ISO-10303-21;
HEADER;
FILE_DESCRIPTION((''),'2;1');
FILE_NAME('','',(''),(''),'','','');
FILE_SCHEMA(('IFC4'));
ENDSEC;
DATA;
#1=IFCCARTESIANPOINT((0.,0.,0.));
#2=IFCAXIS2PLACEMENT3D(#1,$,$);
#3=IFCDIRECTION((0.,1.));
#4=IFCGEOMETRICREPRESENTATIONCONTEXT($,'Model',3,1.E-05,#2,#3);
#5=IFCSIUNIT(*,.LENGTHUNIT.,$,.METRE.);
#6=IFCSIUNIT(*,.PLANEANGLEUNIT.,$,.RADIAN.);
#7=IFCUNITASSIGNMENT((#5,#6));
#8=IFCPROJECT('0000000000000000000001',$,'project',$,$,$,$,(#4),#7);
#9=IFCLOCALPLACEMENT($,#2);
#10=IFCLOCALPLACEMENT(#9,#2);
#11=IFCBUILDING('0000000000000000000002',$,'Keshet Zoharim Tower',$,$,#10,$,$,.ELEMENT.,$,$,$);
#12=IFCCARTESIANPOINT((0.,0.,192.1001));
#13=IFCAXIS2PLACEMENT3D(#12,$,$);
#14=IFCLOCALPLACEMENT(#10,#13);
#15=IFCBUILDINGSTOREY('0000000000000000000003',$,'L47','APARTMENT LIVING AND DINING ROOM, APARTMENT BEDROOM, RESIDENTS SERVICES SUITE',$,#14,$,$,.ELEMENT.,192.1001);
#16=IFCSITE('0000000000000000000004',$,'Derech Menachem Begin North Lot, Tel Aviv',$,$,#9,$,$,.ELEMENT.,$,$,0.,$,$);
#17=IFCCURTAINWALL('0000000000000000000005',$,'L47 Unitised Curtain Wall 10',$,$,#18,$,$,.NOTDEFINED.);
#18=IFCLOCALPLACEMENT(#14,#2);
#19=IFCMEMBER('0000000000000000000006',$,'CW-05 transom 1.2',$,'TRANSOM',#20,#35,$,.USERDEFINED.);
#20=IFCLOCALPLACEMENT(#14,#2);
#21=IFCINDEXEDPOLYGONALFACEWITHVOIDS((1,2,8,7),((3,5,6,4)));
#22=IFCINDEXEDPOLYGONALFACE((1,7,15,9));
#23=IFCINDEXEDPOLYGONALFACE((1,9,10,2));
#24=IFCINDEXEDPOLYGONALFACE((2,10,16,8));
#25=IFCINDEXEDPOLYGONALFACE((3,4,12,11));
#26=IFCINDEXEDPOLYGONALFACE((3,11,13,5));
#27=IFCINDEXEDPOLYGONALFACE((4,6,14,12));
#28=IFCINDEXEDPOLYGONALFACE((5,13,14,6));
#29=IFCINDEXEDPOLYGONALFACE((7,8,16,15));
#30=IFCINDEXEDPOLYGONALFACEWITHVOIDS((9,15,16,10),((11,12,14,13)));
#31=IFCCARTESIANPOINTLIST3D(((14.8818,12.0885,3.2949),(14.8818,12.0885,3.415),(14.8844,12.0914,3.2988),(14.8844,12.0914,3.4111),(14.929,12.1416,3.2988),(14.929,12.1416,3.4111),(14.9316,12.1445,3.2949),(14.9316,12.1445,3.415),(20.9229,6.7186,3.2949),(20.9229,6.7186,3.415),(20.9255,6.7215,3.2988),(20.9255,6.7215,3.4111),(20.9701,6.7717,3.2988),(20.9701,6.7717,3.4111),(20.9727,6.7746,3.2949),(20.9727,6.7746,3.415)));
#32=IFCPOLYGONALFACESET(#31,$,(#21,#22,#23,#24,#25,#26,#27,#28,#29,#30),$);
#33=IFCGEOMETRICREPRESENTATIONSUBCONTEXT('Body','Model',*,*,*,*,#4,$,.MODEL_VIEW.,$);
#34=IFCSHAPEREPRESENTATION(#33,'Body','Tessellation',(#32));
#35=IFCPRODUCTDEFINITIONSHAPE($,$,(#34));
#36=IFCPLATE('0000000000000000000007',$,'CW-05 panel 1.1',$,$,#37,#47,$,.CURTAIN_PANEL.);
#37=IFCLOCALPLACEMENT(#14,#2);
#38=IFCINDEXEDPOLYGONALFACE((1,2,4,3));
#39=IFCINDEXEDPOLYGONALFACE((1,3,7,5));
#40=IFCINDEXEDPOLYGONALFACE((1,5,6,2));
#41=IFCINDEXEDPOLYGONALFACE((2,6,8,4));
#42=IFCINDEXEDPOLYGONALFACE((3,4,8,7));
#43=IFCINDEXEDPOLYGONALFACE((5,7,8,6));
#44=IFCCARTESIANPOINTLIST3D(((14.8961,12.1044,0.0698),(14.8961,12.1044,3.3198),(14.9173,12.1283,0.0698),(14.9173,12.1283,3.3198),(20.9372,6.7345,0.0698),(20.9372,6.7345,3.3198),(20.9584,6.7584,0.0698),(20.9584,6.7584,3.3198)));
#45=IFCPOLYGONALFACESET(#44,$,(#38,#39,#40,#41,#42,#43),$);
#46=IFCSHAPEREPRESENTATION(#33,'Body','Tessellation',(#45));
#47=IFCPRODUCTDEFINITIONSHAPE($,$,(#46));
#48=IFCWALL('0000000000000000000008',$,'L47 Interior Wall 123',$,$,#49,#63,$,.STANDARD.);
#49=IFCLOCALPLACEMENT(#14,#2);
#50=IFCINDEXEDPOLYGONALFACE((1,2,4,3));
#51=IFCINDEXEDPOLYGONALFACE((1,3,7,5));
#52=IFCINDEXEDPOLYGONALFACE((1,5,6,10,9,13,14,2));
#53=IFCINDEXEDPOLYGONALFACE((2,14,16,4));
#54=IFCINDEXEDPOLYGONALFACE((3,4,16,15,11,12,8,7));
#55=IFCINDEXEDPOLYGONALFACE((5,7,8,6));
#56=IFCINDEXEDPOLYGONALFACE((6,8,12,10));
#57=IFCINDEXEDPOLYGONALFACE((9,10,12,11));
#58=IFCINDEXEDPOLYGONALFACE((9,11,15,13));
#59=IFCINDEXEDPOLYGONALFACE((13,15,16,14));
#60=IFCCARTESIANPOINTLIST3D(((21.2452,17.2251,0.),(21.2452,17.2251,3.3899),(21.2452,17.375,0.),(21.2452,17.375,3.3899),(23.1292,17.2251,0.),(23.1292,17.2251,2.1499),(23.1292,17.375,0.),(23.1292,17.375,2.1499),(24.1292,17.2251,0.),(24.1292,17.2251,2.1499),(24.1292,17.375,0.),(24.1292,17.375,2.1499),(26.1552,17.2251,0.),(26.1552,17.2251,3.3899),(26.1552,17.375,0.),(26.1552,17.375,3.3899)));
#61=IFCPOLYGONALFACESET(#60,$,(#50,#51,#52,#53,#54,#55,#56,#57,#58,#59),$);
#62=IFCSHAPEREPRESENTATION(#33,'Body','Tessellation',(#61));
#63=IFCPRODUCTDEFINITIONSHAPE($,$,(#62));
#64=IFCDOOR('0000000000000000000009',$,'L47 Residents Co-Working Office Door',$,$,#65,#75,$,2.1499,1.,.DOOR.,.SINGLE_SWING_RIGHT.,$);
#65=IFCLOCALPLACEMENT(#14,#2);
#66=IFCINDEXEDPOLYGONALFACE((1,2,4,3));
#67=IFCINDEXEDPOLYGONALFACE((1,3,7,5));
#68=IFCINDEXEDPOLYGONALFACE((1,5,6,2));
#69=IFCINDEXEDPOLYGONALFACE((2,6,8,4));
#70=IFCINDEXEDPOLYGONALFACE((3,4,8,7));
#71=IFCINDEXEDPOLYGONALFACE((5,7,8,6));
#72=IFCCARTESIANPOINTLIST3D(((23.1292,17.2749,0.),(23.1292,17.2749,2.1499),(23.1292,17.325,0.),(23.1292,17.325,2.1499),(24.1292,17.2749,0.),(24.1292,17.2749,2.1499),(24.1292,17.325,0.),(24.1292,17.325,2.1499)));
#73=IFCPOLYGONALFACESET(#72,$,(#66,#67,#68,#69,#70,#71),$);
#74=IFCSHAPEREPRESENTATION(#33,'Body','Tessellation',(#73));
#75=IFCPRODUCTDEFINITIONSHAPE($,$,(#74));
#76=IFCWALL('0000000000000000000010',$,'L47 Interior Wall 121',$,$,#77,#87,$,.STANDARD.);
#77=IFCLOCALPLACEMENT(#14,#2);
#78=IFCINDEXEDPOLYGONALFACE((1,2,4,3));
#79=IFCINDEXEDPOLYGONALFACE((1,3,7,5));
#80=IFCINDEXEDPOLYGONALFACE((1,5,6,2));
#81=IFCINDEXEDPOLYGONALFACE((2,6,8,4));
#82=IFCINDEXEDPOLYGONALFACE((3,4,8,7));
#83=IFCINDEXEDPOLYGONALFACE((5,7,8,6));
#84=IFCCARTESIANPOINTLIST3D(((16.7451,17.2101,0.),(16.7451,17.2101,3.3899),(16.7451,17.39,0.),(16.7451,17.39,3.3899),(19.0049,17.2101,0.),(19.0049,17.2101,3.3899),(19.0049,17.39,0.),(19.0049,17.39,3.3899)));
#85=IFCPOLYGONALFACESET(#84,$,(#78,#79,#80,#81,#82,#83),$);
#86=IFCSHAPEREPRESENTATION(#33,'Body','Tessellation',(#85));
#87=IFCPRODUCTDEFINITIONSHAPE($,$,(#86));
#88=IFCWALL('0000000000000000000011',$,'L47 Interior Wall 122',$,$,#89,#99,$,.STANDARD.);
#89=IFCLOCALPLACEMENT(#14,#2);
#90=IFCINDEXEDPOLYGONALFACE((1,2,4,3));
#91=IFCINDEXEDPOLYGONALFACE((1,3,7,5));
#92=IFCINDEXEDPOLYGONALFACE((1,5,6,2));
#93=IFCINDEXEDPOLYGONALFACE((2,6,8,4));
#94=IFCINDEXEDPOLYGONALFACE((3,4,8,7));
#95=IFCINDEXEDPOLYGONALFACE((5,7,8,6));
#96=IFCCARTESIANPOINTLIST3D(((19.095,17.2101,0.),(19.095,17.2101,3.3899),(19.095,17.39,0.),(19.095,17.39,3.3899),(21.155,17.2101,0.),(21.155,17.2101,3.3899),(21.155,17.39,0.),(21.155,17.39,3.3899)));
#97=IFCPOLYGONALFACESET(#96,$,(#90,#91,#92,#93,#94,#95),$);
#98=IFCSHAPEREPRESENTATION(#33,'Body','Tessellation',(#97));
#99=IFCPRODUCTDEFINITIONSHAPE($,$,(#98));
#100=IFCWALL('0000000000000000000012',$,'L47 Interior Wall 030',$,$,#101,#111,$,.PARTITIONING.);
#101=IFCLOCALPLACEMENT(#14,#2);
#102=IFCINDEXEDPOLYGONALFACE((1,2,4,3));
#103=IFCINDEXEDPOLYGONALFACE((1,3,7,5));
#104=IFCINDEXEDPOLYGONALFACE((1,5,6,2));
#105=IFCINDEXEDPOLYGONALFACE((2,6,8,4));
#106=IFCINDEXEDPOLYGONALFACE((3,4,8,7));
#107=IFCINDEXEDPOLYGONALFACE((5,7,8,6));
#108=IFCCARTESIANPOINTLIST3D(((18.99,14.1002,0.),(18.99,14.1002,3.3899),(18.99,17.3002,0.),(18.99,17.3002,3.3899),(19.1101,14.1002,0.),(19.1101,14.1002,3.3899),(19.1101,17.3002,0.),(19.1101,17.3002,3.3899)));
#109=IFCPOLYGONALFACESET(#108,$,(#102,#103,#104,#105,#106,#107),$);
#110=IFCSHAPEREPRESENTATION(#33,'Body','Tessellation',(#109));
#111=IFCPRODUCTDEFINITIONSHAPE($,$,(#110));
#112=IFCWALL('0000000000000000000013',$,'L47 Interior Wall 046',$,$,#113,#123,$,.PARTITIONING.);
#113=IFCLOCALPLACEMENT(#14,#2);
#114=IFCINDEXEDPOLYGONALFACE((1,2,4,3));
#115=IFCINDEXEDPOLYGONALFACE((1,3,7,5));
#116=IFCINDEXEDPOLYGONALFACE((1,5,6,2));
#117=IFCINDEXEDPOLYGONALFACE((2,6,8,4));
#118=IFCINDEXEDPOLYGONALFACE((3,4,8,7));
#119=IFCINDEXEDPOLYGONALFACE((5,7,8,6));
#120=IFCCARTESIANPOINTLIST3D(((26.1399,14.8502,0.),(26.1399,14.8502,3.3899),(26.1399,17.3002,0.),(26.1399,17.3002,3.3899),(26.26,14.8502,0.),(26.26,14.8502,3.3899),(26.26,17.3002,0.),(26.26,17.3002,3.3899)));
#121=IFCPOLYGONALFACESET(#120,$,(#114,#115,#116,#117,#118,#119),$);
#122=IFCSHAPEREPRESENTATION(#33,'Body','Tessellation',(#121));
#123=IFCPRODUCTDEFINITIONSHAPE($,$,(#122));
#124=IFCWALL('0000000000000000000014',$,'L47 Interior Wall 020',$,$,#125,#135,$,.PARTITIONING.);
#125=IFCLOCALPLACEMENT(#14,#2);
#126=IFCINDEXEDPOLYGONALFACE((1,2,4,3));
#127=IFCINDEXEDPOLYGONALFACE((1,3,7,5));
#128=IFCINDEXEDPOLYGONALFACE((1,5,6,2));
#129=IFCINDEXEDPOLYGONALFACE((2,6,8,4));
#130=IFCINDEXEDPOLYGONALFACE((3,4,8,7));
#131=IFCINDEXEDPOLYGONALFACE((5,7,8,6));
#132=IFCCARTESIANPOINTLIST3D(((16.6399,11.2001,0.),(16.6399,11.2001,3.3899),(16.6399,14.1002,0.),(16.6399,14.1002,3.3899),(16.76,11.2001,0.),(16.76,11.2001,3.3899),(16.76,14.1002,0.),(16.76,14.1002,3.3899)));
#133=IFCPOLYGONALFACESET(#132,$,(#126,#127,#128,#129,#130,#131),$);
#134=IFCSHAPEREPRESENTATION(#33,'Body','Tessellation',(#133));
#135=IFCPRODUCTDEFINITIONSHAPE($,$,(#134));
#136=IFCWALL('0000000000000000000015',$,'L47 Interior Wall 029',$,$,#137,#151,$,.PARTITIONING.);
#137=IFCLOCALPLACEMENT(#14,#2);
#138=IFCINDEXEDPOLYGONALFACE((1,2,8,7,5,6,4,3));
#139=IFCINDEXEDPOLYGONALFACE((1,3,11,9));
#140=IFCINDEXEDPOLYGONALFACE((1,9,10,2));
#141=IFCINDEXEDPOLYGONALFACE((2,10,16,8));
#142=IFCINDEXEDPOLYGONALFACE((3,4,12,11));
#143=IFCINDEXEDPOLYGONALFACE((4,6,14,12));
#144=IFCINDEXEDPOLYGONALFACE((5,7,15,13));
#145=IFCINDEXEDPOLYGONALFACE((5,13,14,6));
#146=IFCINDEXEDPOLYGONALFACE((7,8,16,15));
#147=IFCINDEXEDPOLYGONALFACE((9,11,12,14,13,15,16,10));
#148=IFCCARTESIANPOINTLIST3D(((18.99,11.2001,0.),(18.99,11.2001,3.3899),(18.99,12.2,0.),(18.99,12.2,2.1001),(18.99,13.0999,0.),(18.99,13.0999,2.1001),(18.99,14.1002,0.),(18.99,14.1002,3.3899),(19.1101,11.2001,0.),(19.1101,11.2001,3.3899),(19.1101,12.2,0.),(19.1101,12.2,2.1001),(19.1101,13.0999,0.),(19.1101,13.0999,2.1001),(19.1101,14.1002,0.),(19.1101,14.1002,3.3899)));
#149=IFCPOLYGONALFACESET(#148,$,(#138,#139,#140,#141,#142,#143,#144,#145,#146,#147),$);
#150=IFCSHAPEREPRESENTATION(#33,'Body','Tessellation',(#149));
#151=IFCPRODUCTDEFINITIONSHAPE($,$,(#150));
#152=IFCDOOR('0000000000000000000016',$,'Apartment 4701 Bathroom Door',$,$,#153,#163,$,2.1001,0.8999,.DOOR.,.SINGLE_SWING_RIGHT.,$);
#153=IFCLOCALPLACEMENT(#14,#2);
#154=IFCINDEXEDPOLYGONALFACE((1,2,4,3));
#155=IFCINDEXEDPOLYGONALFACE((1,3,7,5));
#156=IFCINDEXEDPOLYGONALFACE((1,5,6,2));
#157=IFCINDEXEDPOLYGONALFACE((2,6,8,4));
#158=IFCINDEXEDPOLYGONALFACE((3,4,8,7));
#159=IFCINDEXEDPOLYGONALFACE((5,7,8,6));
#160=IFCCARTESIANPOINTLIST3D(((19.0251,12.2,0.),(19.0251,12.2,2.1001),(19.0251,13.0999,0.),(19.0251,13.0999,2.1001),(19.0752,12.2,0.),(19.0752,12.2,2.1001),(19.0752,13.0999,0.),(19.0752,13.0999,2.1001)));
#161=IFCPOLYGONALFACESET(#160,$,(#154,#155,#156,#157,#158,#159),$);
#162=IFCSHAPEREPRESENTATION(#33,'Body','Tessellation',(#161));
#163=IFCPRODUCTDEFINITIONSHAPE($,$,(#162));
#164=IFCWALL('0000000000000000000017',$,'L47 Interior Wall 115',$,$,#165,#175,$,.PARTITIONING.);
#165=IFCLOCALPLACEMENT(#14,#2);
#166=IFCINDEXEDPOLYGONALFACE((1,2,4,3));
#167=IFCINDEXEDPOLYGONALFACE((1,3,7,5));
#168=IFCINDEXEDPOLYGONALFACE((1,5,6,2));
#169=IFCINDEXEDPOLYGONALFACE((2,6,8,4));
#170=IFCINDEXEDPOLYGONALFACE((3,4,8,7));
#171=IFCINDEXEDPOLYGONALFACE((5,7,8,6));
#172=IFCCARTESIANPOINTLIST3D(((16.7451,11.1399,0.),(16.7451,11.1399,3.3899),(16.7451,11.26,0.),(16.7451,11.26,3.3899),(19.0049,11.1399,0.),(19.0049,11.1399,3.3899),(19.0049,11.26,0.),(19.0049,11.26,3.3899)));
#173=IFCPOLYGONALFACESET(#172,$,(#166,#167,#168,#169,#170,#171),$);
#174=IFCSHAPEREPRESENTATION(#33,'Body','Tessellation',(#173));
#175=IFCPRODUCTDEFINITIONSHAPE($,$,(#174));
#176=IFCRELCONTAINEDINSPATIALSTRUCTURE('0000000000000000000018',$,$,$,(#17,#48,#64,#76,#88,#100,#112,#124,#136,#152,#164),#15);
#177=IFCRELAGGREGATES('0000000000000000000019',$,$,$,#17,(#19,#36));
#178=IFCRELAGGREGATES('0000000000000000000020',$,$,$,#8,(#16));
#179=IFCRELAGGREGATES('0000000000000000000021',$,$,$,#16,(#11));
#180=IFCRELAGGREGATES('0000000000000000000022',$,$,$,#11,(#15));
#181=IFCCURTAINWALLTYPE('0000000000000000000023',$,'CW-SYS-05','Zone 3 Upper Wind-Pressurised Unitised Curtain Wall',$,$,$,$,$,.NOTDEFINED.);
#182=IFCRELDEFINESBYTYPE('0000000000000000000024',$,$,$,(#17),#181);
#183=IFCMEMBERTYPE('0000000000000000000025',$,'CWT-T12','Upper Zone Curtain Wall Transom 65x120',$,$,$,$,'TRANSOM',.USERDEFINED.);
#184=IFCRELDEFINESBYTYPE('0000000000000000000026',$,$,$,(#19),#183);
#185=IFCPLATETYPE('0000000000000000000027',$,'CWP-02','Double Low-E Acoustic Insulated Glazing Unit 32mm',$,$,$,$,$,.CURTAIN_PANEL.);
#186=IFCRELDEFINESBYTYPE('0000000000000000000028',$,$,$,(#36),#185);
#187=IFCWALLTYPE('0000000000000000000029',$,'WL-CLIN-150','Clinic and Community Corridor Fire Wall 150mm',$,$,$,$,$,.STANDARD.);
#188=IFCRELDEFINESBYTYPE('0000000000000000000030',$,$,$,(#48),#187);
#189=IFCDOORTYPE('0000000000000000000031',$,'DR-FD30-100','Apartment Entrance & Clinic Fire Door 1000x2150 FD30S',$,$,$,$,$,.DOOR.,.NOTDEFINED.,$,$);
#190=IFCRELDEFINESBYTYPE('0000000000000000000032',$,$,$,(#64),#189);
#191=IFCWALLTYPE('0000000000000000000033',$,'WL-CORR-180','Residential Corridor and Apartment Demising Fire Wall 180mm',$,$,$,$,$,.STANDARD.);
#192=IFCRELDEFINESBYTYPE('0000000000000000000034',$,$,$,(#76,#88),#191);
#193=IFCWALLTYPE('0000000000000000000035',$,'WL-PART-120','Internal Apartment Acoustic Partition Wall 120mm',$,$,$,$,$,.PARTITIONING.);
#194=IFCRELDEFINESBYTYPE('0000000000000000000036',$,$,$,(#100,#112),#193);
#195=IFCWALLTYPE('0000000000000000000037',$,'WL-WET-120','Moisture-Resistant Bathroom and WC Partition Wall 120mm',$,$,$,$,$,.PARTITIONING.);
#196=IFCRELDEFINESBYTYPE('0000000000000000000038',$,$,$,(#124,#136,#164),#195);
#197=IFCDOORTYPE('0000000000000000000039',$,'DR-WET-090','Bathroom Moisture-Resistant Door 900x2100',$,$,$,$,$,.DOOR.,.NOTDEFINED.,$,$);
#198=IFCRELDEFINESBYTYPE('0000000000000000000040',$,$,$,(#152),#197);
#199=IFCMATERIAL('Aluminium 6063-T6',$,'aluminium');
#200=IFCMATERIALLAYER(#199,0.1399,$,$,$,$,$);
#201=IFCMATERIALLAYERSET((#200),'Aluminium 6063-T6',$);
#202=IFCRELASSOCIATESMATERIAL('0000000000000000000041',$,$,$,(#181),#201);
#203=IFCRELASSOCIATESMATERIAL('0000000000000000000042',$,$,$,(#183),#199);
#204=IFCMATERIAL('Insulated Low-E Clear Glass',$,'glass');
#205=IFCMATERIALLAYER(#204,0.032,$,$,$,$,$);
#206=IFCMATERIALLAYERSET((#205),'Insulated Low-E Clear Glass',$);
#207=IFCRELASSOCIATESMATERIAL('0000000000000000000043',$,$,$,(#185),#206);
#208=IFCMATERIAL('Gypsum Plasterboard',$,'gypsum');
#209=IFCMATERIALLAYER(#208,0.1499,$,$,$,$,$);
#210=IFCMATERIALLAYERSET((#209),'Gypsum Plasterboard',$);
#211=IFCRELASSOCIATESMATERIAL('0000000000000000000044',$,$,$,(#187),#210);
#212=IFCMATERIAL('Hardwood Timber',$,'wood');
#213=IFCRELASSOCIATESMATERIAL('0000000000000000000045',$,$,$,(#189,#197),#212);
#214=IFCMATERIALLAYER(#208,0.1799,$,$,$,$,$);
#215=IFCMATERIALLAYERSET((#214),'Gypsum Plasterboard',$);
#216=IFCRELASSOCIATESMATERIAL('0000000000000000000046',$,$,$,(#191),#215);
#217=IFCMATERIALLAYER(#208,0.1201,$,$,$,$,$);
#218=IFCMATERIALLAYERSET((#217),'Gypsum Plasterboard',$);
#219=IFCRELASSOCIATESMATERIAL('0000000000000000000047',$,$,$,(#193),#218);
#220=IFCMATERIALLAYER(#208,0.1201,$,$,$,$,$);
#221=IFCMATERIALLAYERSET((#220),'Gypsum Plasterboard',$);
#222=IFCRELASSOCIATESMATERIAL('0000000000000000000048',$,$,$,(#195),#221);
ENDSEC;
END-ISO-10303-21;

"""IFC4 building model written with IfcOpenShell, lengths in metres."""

from ifc_helpers import new_model, si_unit, direction, frame, frame_2d, origin, origin_2d, place, context, subcontext, project, spatial, rectangle, hollow_rectangle, extrude, material, layer, layer_set, material_profile, profile_set, type_object, element, fill, aggregate, save


model = new_model("IFC4")

# Units and contexts
model_context = context("Model", 3, precision=1e-05, world=origin(), true_north=direction((0.0, 1.0)))
body_context = subcontext(model_context, "Body", "Model", "MODEL_VIEW")
ifc_project = project(units=[si_unit("LENGTHUNIT", "METRE"), si_unit("PLANEANGLEUNIT", "RADIAN")], contexts=[model_context])

# Site, building, storey
site_placement = place(None, origin())
site = spatial("IfcSite", under=ifc_project, at=site_placement, Name="Derech Menachem Begin North Lot, Tel Aviv", CompositionType="ELEMENT", RefElevation=0.0)
building_placement = place(site_placement, origin())
building = spatial("IfcBuilding", under=site, at=building_placement, Name="Keshet Zoharim Tower", CompositionType="ELEMENT")
storey_placement = place(building_placement, frame((0.0, 0.0, 192.1001)))
storey = spatial("IfcBuildingStorey", under=building, at=storey_placement, Name="L47", Description="APARTMENT LIVING AND DINING ROOM, APARTMENT BEDROOM, RESIDENTS SERVICES SUITE", CompositionType="ELEMENT", Elevation=192.1001)

# Curtain wall, member, plate
ifc_material_1 = material(Name="Aluminium 6063-T6", Category="aluminium")
ifc_layer_1 = layer(ifc_material_1, 0.1399)
ifc_layer_set_1 = layer_set([ifc_layer_1], Name="Aluminium 6063-T6")
curtain_wall_type = type_object("IfcCurtainWallType", Name="CW-SYS-05", Description="Zone 3 Upper Wind-Pressurised Unitised Curtain Wall", PredefinedType="NOTDEFINED", material=ifc_layer_set_1)
curtain_wall_placement = place(storey_placement, origin())
curtain_wall = element("IfcCurtainWall", 1, at=curtain_wall_placement, inside=storey, type_object=curtain_wall_type, Name="L47 Unitised Curtain Wall 10", PredefinedType="NOTDEFINED")
ifc_material_profile = material_profile(ifc_material_1, hollow_rectangle(XDim=0.075, YDim=0.1201, WallThickness=0.0039, at=origin_2d()), Name="TRN-75x120")
ifc_profile_set = profile_set([ifc_material_profile], Name="Aluminium 6063-T6")
member_type = type_object("IfcMemberType", Name="CWT-T12", Description="Upper Zone Curtain Wall Transom 65x120", ElementType="TRANSOM", PredefinedType="USERDEFINED", material=ifc_profile_set)
member_placement = place(storey_placement, frame((20.9478, 6.7466, 3.355), z_axis=(-0.747404, 0.664369, 0.0), x_axis=(-0.664369, -0.747404, 0.0)))
member = element("IfcMember", 2, at=member_placement, type_object=member_type, Name="CW-05 transom 1.2", ObjectType="TRANSOM", PredefinedType="USERDEFINED", context=body_context, shape_type="SweptSolid", body=[
    extrude(hollow_rectangle(XDim=0.075, YDim=0.1201, WallThickness=0.0039, at=origin_2d()), origin(), (0.0, 0.0, 1.0), 8.0828),
])
ifc_material_2 = material(Name="Insulated Low-E Clear Glass", Category="glass")
ifc_layer_2 = layer(ifc_material_2, 0.032)
ifc_layer_set_2 = layer_set([ifc_layer_2], Name="Insulated Low-E Clear Glass")
plate_type = type_object("IfcPlateType", Name="CWP-02", Description="Double Low-E Acoustic Insulated Glazing Unit 32mm", PredefinedType="CURTAIN_PANEL", material=ifc_layer_set_2)
plate_placement = place(storey_placement, frame((17.9272, 9.4314, 0.0698), z_axis=(0.0, 0.0, 1.0), x_axis=(-0.747406, 0.664368, 0.0)))
plate = element("IfcPlate", 3, at=plate_placement, type_object=plate_type, Name="CW-05 panel 1.1", PredefinedType="CURTAIN_PANEL", context=body_context, shape_type="SweptSolid", body=[
    extrude(rectangle(XDim=8.0828, YDim=0.032, at=origin_2d()), origin(), (0.0, 0.0, 1.0), 3.25),
])
aggregate(curtain_wall, [member, plate])

# Wall, opening, door
ifc_material_3 = material(Name="Gypsum Plasterboard", Category="gypsum")
ifc_layer_3 = layer(ifc_material_3, 0.1499)
ifc_layer_set_3 = layer_set([ifc_layer_3], Name="Gypsum Plasterboard")
wall_type_1 = type_object("IfcWallType", Name="WL-CLIN-150", Description="Clinic and Community Corridor Fire Wall 150mm", PredefinedType="STANDARD", material=ifc_layer_set_3)
wall_1_placement = place(storey_placement, frame((21.2451, 17.3, 0.0), z_axis=(0.0, 0.0, 1.0), x_axis=(1.0, 0.0, 0.0)))
wall_1 = element("IfcWall", 4, at=wall_1_placement, inside=storey, type_object=wall_type_1, Name="L47 Interior Wall 123", PredefinedType="STANDARD", context=body_context, shape_type="SweptSolid", body=[
    extrude(rectangle(XDim=4.9099, YDim=0.1499, at=frame_2d((2.4551, 0.0))), origin(), (0.0, 0.0, 1.0), 3.3899),
])
opening_1_placement = place(wall_1_placement, frame((1.884, 0.0, 0.0)))
opening_1 = element("IfcOpeningElement", 5, at=opening_1_placement, cuts=wall_1, PredefinedType="OPENING", context=body_context, shape_type="SweptSolid", body=[
    extrude(rectangle(XDim=1.0, YDim=2.1499, at=frame_2d((0.5, 1.075))), frame((0.0, 0.085, 0.0), z_axis=(0.0, -1.0, 0.0), x_axis=(1.0, 0.0, 0.0)), (0.0, 0.0, 1.0), 0.1699),
])
ifc_material_4 = material(Name="Hardwood Timber", Category="wood")
door_type_1 = type_object("IfcDoorType", Name="DR-FD30-100", Description="Apartment Entrance & Clinic Fire Door 1000x2150 FD30S", OperationType="NOTDEFINED", PredefinedType="DOOR", material=ifc_material_4)
door_1_placement = place(opening_1_placement, origin())
door_1 = element("IfcDoor", 6, at=door_1_placement, inside=storey, type_object=door_type_1, Name="L47 Residents Co-Working Office Door", OperationType="SINGLE_SWING_RIGHT", OverallHeight=2.1499, OverallWidth=1.0, PredefinedType="DOOR", context=body_context, shape_type="SweptSolid", body=[
    extrude(rectangle(XDim=1.0, YDim=2.1499, at=frame_2d((0.5, 1.075))), frame((0.0, 0.0249, 0.0), z_axis=(0.0, -1.0, 0.0), x_axis=(1.0, 0.0, 0.0)), (0.0, 0.0, 1.0), 0.05),
])
fill(opening_1, door_1)

# Walls
ifc_layer_4 = layer(ifc_material_3, 0.1799)
ifc_layer_set_4 = layer_set([ifc_layer_4], Name="Gypsum Plasterboard")
wall_type_2 = type_object("IfcWallType", Name="WL-CORR-180", Description="Residential Corridor and Apartment Demising Fire Wall 180mm", PredefinedType="STANDARD", material=ifc_layer_set_4)
wall_2_placement = place(storey_placement, frame((16.7451, 17.3, 0.0), z_axis=(0.0, 0.0, 1.0), x_axis=(1.0, 0.0, 0.0)))
element("IfcWall", 7, at=wall_2_placement, inside=storey, type_object=wall_type_2, Name="L47 Interior Wall 121", PredefinedType="STANDARD", context=body_context, shape_type="SweptSolid", body=[
    extrude(rectangle(XDim=2.2598, YDim=0.1799, at=frame_2d((1.1299, 0.0))), origin(), (0.0, 0.0, 1.0), 3.3899),
])
wall_3_placement = place(storey_placement, frame((19.095, 17.3, 0.0), z_axis=(0.0, 0.0, 1.0), x_axis=(1.0, 0.0, 0.0)))
element("IfcWall", 8, at=wall_3_placement, inside=storey, type_object=wall_type_2, Name="L47 Interior Wall 122", PredefinedType="STANDARD", context=body_context, shape_type="SweptSolid", body=[
    extrude(rectangle(XDim=2.0601, YDim=0.1799, at=frame_2d((1.03, 0.0))), origin(), (0.0, 0.0, 1.0), 3.3899),
])

# Shared definitions
ifc_layer_5 = layer(ifc_material_3, 0.1201)
ifc_layer_set_5 = layer_set([ifc_layer_5], Name="Gypsum Plasterboard")
wall_type_3 = type_object("IfcWallType", Name="WL-PART-120", Description="Internal Apartment Acoustic Partition Wall 120mm", PredefinedType="PARTITIONING", material=ifc_layer_set_5)

# Walls
wall_4_placement = place(storey_placement, frame((19.05, 14.1001, 0.0), z_axis=(0.0, 0.0, 1.0), x_axis=(0.0, 1.0, 0.0)))
element("IfcWall", 9, at=wall_4_placement, inside=storey, type_object=wall_type_3, Name="L47 Interior Wall 030", PredefinedType="PARTITIONING", context=body_context, shape_type="SweptSolid", body=[
    extrude(rectangle(XDim=3.2, YDim=0.1201, at=frame_2d((1.6001, 0.0))), origin(), (0.0, 0.0, 1.0), 3.3899),
])
wall_5_placement = place(storey_placement, frame((26.2, 14.8501, 0.0), z_axis=(0.0, 0.0, 1.0), x_axis=(0.0, 1.0, 0.0)))
element("IfcWall", 10, at=wall_5_placement, inside=storey, type_object=wall_type_3, Name="L47 Interior Wall 046", PredefinedType="PARTITIONING", context=body_context, shape_type="SweptSolid", body=[
    extrude(rectangle(XDim=2.45, YDim=0.1201, at=frame_2d((1.2251, 0.0))), origin(), (0.0, 0.0, 1.0), 3.3899),
])

# Wall
ifc_layer_6 = layer(ifc_material_3, 0.1201)
ifc_layer_set_6 = layer_set([ifc_layer_6], Name="Gypsum Plasterboard")
wall_type_4 = type_object("IfcWallType", Name="WL-WET-120", Description="Moisture-Resistant Bathroom and WC Partition Wall 120mm", PredefinedType="PARTITIONING", material=ifc_layer_set_6)
wall_6_placement = place(storey_placement, frame((16.7, 11.2, 0.0), z_axis=(0.0, 0.0, 1.0), x_axis=(0.0, 1.0, 0.0)))
element("IfcWall", 11, at=wall_6_placement, inside=storey, type_object=wall_type_4, Name="L47 Interior Wall 020", PredefinedType="PARTITIONING", context=body_context, shape_type="SweptSolid", body=[
    extrude(rectangle(XDim=2.9001, YDim=0.1201, at=frame_2d((1.4502, 0.0))), origin(), (0.0, 0.0, 1.0), 3.3899),
])

# Wall, opening, door
wall_7_placement = place(storey_placement, frame((19.05, 11.2, 0.0), z_axis=(0.0, 0.0, 1.0), x_axis=(0.0, 1.0, 0.0)))
wall_7 = element("IfcWall", 12, at=wall_7_placement, inside=storey, type_object=wall_type_4, Name="L47 Interior Wall 029", PredefinedType="PARTITIONING", context=body_context, shape_type="SweptSolid", body=[
    extrude(rectangle(XDim=2.9001, YDim=0.1201, at=frame_2d((1.4502, 0.0))), origin(), (0.0, 0.0, 1.0), 3.3899),
])
opening_2_placement = place(wall_7_placement, frame((1.0, 0.0, 0.0)))
opening_2 = element("IfcOpeningElement", 13, at=opening_2_placement, cuts=wall_7, PredefinedType="OPENING", context=body_context, shape_type="SweptSolid", body=[
    extrude(rectangle(XDim=0.8999, YDim=2.1001, at=frame_2d((0.45, 1.05))), frame((0.0, 0.0701, 0.0), z_axis=(0.0, -1.0, 0.0), x_axis=(1.0, 0.0, 0.0)), (0.0, 0.0, 1.0), 0.1401),
])
door_type_2 = type_object("IfcDoorType", Name="DR-WET-090", Description="Bathroom Moisture-Resistant Door 900x2100", OperationType="NOTDEFINED", PredefinedType="DOOR", material=ifc_material_4)
door_2_placement = place(opening_2_placement, origin())
door_2 = element("IfcDoor", 14, at=door_2_placement, inside=storey, type_object=door_type_2, Name="Apartment 4701 Bathroom Door", OperationType="SINGLE_SWING_RIGHT", OverallHeight=2.1001, OverallWidth=0.8999, PredefinedType="DOOR", context=body_context, shape_type="SweptSolid", body=[
    extrude(rectangle(XDim=0.8999, YDim=2.1001, at=frame_2d((0.45, 1.05))), frame((0.0, 0.0249, 0.0), z_axis=(0.0, -1.0, 0.0), x_axis=(1.0, 0.0, 0.0)), (0.0, 0.0, 1.0), 0.05),
])
fill(opening_2, door_2)

# Wall
for number, where, z_axis, x_axis, name in (
    (15, (16.7451, 11.2, 0.0), (0.0, 0.0, 1.0), (1.0, 0.0, 0.0), "L47 Interior Wall 115"),
):
    element("IfcWall", number, at=place(storey_placement, frame(where, z_axis=z_axis, x_axis=x_axis)), inside=storey, type_object=wall_type_4, Name=name, PredefinedType="PARTITIONING", context=body_context, shape_type="SweptSolid", body=[
        extrude(rectangle(XDim=2.2598, YDim=0.1201, at=frame_2d((1.1299, 0.0))), origin(), (0.0, 0.0, 1.0), 3.3899),
    ])

save(model, "model.ifc")
